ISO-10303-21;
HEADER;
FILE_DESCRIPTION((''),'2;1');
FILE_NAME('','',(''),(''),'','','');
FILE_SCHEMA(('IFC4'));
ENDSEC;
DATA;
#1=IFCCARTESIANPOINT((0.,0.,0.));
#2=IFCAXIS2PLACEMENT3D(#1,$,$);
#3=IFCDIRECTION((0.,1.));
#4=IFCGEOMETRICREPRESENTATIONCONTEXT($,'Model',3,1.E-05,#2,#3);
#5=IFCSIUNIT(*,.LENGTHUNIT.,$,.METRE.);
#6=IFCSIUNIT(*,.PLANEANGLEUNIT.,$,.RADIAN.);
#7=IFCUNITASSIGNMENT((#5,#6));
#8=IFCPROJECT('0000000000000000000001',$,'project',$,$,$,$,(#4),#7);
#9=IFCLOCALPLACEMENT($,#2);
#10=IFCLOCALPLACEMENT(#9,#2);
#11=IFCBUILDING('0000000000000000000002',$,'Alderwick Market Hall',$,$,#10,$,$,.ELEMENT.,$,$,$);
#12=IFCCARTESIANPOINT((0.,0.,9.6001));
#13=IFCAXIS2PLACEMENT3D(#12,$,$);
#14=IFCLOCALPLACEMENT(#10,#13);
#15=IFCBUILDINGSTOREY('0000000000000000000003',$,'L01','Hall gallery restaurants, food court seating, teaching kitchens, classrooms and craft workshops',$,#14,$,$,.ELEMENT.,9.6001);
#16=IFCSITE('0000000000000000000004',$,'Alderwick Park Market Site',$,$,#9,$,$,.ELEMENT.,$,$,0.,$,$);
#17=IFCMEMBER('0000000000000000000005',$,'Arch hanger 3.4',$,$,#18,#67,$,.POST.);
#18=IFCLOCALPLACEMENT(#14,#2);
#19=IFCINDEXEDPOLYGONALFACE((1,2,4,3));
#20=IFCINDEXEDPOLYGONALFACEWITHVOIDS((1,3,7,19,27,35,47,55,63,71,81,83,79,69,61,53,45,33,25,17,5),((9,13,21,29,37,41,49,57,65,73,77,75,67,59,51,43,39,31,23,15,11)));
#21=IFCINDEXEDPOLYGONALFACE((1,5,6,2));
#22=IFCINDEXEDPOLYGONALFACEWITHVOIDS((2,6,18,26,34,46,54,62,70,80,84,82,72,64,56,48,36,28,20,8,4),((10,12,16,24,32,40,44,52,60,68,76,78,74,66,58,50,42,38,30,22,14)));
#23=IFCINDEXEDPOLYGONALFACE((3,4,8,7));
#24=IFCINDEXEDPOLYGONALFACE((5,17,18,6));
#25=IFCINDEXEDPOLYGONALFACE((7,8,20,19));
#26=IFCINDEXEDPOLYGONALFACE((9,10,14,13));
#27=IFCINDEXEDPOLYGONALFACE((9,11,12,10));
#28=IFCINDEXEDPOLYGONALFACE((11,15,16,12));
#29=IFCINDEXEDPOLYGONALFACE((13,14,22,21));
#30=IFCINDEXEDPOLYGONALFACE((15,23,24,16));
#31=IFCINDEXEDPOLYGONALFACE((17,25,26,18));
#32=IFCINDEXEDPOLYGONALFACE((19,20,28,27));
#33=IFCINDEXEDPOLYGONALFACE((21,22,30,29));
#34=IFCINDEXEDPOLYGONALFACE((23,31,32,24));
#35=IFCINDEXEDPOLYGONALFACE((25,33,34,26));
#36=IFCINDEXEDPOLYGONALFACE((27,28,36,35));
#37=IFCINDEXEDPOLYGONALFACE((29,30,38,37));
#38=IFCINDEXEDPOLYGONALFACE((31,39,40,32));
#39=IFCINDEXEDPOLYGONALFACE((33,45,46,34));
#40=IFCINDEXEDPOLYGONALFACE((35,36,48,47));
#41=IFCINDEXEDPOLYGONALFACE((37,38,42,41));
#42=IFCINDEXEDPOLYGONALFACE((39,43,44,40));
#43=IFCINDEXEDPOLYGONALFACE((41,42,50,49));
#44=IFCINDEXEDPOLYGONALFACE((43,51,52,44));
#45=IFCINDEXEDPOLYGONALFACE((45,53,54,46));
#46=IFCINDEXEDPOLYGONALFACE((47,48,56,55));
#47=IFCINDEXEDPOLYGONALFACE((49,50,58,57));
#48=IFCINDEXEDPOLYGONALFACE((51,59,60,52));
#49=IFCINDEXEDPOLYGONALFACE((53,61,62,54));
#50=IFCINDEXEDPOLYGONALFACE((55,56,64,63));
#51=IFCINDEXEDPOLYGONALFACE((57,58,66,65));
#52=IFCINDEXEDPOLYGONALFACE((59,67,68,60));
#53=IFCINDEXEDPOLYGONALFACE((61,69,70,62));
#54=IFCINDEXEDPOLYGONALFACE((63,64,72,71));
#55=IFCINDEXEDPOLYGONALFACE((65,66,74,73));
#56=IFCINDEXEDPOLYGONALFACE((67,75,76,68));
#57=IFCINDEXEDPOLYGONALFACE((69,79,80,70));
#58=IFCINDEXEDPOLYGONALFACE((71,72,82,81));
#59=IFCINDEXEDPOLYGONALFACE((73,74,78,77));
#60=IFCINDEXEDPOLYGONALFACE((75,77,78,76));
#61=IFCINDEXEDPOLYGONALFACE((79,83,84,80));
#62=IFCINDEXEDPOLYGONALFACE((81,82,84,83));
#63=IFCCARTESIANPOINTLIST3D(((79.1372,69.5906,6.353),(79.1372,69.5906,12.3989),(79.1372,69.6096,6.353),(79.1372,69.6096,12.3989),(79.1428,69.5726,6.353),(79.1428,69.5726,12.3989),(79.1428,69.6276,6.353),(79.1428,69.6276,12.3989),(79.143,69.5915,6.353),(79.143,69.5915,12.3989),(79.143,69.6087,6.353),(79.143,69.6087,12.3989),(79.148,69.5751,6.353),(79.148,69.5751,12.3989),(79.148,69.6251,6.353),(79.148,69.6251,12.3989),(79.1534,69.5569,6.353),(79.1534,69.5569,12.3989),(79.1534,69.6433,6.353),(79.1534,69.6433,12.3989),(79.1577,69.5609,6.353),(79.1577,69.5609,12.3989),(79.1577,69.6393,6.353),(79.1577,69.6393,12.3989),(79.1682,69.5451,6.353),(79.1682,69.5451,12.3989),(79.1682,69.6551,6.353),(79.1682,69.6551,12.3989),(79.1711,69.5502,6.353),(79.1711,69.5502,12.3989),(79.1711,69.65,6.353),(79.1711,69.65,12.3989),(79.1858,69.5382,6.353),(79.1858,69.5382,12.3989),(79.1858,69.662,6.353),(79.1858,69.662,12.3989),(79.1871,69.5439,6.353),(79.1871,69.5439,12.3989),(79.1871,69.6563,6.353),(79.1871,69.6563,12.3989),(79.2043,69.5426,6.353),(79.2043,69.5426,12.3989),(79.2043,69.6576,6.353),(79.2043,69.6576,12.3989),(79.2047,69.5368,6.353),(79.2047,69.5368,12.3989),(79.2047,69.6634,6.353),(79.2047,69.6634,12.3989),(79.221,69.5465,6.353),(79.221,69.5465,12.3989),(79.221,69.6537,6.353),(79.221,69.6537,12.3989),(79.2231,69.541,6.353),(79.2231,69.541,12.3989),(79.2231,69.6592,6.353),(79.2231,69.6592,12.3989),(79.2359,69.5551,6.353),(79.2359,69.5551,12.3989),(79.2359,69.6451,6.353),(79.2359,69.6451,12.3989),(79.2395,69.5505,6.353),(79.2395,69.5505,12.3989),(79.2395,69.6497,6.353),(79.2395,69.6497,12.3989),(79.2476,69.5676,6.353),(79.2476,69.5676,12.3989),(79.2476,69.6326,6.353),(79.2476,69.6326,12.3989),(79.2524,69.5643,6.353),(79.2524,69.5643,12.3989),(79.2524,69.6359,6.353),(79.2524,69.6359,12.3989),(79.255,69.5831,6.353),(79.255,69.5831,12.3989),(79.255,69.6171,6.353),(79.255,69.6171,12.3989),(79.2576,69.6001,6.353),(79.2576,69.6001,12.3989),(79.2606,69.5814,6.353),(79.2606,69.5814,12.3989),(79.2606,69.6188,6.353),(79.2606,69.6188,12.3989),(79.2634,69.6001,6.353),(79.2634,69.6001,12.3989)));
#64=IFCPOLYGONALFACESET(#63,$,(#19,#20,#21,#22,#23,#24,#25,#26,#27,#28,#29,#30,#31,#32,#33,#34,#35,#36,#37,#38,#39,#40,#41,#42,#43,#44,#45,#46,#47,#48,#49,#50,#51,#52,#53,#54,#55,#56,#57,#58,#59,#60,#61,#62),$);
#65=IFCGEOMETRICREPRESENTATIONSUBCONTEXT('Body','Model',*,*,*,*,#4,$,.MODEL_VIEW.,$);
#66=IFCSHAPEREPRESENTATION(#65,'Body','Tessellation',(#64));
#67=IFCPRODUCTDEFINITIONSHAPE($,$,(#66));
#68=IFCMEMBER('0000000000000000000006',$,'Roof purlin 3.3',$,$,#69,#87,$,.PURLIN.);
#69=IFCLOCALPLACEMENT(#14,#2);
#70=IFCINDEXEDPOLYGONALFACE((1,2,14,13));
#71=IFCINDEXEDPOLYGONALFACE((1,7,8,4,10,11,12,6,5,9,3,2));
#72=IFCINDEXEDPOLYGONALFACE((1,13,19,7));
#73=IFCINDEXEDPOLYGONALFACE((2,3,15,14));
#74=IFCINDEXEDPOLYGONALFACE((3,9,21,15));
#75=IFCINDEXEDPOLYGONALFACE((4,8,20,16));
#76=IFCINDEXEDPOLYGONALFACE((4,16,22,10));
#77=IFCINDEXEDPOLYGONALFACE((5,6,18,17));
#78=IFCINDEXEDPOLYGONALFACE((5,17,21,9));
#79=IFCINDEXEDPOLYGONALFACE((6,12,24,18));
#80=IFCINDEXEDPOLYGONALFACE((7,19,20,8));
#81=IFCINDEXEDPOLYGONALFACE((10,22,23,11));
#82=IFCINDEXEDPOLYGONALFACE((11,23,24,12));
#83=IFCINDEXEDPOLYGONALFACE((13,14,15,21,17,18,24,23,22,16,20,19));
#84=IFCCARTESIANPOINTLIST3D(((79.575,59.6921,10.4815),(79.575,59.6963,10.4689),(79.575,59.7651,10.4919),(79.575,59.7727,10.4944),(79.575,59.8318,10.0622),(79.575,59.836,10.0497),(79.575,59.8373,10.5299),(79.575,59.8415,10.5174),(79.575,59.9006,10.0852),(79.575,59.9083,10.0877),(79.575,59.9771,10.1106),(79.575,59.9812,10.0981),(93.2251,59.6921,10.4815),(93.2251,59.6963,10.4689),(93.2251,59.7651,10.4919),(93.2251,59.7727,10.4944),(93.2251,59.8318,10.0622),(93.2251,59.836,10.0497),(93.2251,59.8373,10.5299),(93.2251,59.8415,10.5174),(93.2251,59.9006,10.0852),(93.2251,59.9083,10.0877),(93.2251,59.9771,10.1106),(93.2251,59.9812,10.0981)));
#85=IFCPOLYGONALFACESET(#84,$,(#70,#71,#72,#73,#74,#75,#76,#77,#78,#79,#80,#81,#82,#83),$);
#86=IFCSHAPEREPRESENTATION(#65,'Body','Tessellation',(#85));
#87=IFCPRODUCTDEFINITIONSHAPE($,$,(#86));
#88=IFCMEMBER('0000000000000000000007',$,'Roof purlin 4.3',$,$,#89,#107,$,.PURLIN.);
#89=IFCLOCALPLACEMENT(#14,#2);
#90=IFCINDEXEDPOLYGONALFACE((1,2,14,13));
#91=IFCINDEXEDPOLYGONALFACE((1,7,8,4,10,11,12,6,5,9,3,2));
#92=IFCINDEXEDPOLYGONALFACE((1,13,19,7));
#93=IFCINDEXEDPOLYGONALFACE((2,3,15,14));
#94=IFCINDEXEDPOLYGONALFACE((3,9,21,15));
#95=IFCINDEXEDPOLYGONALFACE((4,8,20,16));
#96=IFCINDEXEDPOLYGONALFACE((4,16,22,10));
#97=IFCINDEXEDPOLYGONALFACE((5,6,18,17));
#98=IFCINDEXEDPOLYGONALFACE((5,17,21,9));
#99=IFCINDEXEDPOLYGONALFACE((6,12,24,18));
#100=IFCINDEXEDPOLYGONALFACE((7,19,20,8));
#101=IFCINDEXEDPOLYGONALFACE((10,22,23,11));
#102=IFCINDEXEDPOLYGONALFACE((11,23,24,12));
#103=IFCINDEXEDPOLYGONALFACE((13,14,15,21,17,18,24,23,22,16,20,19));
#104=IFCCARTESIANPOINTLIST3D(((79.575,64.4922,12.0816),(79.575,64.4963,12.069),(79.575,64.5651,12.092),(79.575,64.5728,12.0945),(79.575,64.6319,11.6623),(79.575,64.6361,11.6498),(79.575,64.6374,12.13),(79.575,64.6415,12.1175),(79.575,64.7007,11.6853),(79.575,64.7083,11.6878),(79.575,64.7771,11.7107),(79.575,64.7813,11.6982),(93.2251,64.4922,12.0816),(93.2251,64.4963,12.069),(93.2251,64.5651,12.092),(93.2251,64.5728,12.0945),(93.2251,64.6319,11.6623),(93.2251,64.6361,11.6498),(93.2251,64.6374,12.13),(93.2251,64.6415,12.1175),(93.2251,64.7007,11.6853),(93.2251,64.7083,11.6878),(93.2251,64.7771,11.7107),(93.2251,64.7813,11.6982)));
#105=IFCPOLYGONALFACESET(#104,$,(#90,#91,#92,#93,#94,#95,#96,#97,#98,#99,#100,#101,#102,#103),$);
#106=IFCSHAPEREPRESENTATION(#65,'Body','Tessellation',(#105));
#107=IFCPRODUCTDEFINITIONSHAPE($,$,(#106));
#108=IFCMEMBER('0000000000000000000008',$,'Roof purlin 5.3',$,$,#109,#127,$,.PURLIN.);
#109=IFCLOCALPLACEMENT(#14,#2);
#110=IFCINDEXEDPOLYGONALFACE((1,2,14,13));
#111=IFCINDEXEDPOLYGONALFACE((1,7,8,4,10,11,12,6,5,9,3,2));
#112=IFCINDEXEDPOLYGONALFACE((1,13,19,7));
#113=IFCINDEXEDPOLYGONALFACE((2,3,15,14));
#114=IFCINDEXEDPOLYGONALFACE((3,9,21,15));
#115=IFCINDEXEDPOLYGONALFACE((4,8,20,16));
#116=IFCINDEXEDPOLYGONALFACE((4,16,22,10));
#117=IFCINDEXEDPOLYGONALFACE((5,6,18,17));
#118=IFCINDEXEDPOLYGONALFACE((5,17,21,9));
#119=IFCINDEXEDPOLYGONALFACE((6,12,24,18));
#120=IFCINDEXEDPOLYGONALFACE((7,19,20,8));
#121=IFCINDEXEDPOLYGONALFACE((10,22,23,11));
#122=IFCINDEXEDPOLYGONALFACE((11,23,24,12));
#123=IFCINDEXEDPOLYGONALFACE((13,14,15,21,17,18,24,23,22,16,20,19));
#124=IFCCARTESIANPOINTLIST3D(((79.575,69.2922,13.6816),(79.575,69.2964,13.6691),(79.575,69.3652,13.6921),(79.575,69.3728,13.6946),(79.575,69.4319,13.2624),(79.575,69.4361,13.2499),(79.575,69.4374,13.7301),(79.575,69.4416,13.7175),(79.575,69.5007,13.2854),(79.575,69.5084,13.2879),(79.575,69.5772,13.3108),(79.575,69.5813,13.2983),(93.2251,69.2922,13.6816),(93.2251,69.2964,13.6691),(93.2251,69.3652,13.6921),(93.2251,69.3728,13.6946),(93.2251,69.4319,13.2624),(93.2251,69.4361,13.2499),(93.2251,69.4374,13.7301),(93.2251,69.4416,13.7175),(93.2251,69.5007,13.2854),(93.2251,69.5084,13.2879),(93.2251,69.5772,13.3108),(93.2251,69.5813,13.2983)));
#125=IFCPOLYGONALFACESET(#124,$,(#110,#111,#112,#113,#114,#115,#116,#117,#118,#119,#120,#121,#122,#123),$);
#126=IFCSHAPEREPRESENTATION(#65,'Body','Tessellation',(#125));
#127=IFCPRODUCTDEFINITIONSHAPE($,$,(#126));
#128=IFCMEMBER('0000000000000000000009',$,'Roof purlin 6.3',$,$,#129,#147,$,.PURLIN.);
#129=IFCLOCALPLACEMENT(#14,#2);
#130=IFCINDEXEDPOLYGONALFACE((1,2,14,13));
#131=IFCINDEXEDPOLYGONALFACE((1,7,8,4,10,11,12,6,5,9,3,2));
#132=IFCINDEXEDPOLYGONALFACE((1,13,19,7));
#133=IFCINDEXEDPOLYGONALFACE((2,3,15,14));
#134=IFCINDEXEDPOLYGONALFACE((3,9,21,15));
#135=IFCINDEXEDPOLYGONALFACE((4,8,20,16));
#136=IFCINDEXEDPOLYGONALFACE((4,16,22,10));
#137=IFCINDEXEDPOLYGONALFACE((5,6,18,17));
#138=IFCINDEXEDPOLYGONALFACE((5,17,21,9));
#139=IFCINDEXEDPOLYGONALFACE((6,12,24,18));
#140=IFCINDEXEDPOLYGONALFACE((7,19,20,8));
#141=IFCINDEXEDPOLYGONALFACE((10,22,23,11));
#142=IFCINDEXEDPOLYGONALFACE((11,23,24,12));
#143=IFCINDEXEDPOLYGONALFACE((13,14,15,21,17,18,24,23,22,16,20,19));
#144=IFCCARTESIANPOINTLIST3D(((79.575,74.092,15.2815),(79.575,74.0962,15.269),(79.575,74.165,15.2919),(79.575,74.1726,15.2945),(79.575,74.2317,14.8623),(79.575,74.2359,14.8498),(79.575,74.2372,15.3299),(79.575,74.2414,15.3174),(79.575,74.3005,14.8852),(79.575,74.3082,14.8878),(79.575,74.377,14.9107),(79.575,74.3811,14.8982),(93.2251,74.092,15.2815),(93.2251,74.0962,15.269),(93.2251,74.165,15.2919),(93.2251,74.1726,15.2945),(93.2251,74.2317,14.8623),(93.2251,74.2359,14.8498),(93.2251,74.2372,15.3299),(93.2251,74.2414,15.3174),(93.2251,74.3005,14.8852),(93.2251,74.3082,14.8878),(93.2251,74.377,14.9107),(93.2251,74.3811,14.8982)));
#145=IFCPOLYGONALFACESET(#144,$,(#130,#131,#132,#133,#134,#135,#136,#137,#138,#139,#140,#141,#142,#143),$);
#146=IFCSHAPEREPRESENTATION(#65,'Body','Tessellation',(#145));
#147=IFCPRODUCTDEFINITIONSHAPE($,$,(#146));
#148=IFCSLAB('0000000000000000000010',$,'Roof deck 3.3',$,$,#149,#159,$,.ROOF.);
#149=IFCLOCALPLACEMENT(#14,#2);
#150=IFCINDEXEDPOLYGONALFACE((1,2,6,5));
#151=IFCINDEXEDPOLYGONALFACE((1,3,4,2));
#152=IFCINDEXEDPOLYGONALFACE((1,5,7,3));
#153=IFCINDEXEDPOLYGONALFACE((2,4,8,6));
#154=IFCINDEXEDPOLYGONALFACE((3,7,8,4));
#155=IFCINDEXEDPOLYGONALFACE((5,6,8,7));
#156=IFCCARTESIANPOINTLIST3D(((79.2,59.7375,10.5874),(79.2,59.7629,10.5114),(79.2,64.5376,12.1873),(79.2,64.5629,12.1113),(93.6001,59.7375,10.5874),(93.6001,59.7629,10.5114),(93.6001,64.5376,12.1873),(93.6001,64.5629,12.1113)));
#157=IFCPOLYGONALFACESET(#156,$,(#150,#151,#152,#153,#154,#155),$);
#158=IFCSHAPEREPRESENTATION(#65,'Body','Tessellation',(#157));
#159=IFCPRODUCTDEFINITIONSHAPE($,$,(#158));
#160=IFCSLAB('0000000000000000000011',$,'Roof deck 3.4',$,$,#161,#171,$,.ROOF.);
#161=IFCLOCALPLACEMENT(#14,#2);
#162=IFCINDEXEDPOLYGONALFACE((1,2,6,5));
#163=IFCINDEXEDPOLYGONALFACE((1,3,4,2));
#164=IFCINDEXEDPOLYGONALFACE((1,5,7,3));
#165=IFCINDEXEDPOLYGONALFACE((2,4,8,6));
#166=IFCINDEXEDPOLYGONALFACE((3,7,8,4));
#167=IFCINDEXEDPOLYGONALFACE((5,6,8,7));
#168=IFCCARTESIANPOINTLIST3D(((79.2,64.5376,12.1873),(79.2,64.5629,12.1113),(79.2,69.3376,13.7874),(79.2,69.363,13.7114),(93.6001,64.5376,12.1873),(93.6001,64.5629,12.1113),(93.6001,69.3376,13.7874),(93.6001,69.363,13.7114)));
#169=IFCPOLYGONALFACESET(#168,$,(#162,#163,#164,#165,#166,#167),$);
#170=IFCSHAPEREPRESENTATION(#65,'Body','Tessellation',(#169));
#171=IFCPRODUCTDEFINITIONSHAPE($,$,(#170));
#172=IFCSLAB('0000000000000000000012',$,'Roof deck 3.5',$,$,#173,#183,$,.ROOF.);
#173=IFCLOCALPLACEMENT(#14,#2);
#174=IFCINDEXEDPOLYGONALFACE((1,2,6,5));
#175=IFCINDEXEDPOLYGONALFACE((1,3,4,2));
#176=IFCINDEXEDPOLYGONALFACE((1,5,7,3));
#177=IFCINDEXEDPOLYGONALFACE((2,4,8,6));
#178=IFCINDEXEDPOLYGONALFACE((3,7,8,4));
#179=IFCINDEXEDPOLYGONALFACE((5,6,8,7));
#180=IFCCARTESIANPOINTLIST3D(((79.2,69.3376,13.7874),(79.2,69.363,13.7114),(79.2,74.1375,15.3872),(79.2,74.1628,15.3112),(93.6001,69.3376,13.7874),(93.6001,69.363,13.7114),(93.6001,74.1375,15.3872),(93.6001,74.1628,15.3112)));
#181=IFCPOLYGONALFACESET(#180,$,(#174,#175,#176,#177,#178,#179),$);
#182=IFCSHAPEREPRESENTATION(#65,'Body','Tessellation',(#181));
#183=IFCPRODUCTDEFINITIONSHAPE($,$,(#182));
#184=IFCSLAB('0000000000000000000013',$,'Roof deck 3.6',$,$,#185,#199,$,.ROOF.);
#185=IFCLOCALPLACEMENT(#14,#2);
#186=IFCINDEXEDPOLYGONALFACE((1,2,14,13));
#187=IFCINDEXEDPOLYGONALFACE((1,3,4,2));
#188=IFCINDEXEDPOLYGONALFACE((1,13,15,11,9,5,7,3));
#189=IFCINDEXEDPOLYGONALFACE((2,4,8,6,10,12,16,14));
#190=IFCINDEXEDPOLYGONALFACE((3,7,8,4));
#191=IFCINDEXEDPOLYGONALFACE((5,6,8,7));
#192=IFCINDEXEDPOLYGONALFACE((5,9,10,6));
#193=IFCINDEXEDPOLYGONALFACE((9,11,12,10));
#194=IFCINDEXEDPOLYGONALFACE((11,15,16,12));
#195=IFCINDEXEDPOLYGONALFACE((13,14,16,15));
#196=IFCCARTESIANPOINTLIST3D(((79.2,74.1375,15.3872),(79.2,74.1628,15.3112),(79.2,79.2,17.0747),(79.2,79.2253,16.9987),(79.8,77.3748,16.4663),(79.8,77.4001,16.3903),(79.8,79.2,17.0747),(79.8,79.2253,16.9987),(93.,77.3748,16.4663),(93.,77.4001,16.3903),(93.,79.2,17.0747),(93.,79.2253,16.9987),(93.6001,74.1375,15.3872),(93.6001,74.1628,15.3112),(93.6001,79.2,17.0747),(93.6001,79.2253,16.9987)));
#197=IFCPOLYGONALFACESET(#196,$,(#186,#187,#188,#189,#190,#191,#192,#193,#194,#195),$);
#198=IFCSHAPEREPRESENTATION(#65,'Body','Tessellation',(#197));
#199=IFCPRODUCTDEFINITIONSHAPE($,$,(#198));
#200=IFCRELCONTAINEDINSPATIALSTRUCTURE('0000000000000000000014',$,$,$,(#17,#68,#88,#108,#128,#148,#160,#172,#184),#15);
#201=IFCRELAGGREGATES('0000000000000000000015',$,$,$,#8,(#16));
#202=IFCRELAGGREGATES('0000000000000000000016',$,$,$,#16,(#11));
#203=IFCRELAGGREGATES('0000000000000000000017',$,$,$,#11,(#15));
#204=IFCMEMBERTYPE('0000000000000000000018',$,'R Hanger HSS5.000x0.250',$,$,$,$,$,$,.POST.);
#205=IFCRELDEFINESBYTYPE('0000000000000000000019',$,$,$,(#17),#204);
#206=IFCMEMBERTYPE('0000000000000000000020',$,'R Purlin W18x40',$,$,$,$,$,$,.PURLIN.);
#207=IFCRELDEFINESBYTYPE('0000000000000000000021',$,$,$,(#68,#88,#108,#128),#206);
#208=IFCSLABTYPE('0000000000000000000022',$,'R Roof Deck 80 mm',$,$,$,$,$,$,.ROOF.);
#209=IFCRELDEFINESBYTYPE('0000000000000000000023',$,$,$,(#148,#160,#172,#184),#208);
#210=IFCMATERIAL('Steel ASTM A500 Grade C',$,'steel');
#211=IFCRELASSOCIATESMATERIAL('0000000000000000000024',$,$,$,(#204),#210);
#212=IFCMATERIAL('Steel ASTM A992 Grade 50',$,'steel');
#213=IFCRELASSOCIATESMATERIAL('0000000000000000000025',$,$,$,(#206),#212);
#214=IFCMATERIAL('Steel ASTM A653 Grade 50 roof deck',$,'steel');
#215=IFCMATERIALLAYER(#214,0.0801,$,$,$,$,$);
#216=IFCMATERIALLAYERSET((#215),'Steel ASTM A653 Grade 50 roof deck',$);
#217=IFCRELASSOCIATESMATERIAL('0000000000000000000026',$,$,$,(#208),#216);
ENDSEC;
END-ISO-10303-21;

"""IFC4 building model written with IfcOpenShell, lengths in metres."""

from ifc_helpers import new_model, si_unit, direction, frame, origin, origin_2d, place, context, subcontext, project, spatial, polyline, hollow_circle, i_section, outline, extrude, material, layer, layer_set, material_profile, profile_set, type_object, element, save


model = new_model("IFC4")

# Units and contexts
model_context = context("Model", 3, precision=1e-05, world=origin(), true_north=direction((0.0, 1.0)))
body_context = subcontext(model_context, "Body", "Model", "MODEL_VIEW")
ifc_project = project(units=[si_unit("LENGTHUNIT", "METRE"), si_unit("PLANEANGLEUNIT", "RADIAN")], contexts=[model_context])

# Site, building, storey
site_placement = place(None, origin())
site = spatial("IfcSite", under=ifc_project, at=site_placement, Name="Alderwick Park Market Site", CompositionType="ELEMENT", RefElevation=0.0)
building_placement = place(site_placement, origin())
building = spatial("IfcBuilding", under=site, at=building_placement, Name="Alderwick Market Hall", CompositionType="ELEMENT")
storey_placement = place(building_placement, frame((0.0, 0.0, 9.6001)))
storey = spatial("IfcBuildingStorey", under=building, at=storey_placement, Name="L01", Description="Hall gallery restaurants, food court seating, teaching kitchens, classrooms and craft workshops", CompositionType="ELEMENT", Elevation=9.6001)

# Members
ifc_material_1 = material(Name="Steel ASTM A500 Grade C", Category="steel")
ifc_material_profile_1 = material_profile(ifc_material_1, hollow_circle(Radius=0.0635, WallThickness=0.0059, at=origin_2d()), Name="HSS5.000x0.250")
ifc_profile_set_1 = profile_set([ifc_material_profile_1], Name="Steel ASTM A500 Grade C")
member_type_1 = type_object("IfcMemberType", Name="R Hanger HSS5.000x0.250", PredefinedType="POST", material=ifc_profile_set_1)
member_1_placement = place(storey_placement, frame((79.2, 69.6001, 6.353), z_axis=(0.0, 0.0, 1.0), x_axis=(1.0, 0.0, 0.0)))
element("IfcMember", 1, at=member_1_placement, inside=storey, type_object=member_type_1, Name="Arch hanger 3.4", PredefinedType="POST", context=body_context, shape_type="SweptSolid", body=[
    extrude(hollow_circle(Radius=0.0635, WallThickness=0.0059, at=origin_2d()), origin(), (0.0, 0.0, 1.0), 6.0459),
])
ifc_material_2 = material(Name="Steel ASTM A992 Grade 50", Category="steel")
ifc_material_profile_2 = material_profile(ifc_material_2, i_section(OverallWidth=0.1531, OverallDepth=0.4551, WebThickness=0.0081, FlangeThickness=0.0132, at=origin_2d()), Name="W18x40")
ifc_profile_set_2 = profile_set([ifc_material_profile_2], Name="Steel ASTM A992 Grade 50")
member_type_2 = type_object("IfcMemberType", Name="R Purlin W18x40", PredefinedType="PURLIN", material=ifc_profile_set_2)
for number, where, z_axis, x_axis, name in (
    (2, (79.575, 59.8367, 10.2898), (1.0, 0.0, 0.0), (0.0, 0.948683, 0.316228), "Roof purlin 3.3"),
    (3, (79.575, 64.6367, 11.8899), (1.0, 0.0, 0.0), (0.0, 0.948683, 0.316228), "Roof purlin 4.3"),
    (4, (79.575, 69.4368, 13.49), (1.0, 0.0, 0.0), (0.0, 0.948683, 0.316228), "Roof purlin 5.3"),
    (5, (79.575, 74.2366, 15.0898), (1.0, 0.0, 0.0), (0.0, 0.948683, 0.316228), "Roof purlin 6.3"),
):
    element("IfcMember", number, at=place(storey_placement, frame(where, z_axis=z_axis, x_axis=x_axis)), inside=storey, type_object=member_type_2, Name=name, PredefinedType="PURLIN", context=body_context, shape_type="SweptSolid", body=[
        extrude(i_section(OverallWidth=0.1531, OverallDepth=0.4551, WebThickness=0.0081, FlangeThickness=0.0132, at=origin_2d()), origin(), (0.0, 0.0, 1.0), 13.6501),
    ])

# Slabs
ifc_material_3 = material(Name="Steel ASTM A653 Grade 50 roof deck", Category="steel")
ifc_layer_1 = layer(ifc_material_3, 0.0801)
ifc_layer_set_1 = layer_set([ifc_layer_1], Name="Steel ASTM A653 Grade 50 roof deck")
slab_type = type_object("IfcSlabType", Name="R Roof Deck 80 mm", PredefinedType="ROOF", material=ifc_layer_set_1)
slab_1_placement = place(storey_placement, frame((79.2, 59.7375, 10.5874), z_axis=(0.0, -0.316199, 0.948693), x_axis=(1.0, 0.0, 0.0)))
element("IfcSlab", 6, at=slab_1_placement, inside=storey, type_object=slab_type, Name="Roof deck 3.3", PredefinedType="ROOF", context=body_context, shape_type="SweptSolid", body=[
    extrude(outline(polyline([(0.0, 0.0), (14.4001, 0.0), (14.4001, 5.0596), (0.0, 5.0596), (0.0, 0.0)])), origin(), (0.0, 0.0, -1.0), 0.0801),
])
slab_2_placement = place(storey_placement, frame((79.2, 64.5376, 12.1873), z_axis=(0.0, -0.316242, 0.948678), x_axis=(1.0, 0.0, 0.0)))
element("IfcSlab", 7, at=slab_2_placement, inside=storey, type_object=slab_type, Name="Roof deck 3.4", PredefinedType="ROOF", context=body_context, shape_type="SweptSolid", body=[
    extrude(outline(polyline([(0.0, 0.0), (14.4001, 0.0), (14.4001, 5.0597), (0.0, 5.0597), (0.0, 0.0)])), origin(), (0.0, 0.0, -1.0), 0.0801),
])
slab_3_placement = place(storey_placement, frame((79.2, 69.3376, 13.7874), z_axis=(0.0, -0.316213, 0.948688), x_axis=(1.0, 0.0, 0.0)))
element("IfcSlab", 8, at=slab_3_placement, inside=storey, type_object=slab_type, Name="Roof deck 3.5", PredefinedType="ROOF", context=body_context, shape_type="SweptSolid", body=[
    extrude(outline(polyline([(0.0, 0.0), (14.4001, 0.0), (14.4001, 5.0594), (0.0, 5.0594), (0.0, 0.0)])), origin(), (0.0, 0.0, -1.0), 0.0801),
])
slab_4_placement = place(storey_placement, frame((79.2, 74.1375, 15.3872), z_axis=(0.0, -0.316228, 0.948683), x_axis=(1.0, 0.0, 0.0)))
element("IfcSlab", 9, at=slab_4_placement, inside=storey, type_object=slab_type, Name="Roof deck 3.6", PredefinedType="ROOF", context=body_context, shape_type="SweptSolid", body=[
    extrude(outline(polyline([(0.0, 0.0), (14.4001, 0.0), (14.4001, 5.3363), (13.8, 5.3363), (13.8, 3.4124), (0.6001, 3.4124), (0.6001, 5.3363), (0.0, 5.3363), (0.0, 0.0)])), origin(), (0.0, 0.0, -1.0), 0.0801),
])

save(model, "model.ifc")
